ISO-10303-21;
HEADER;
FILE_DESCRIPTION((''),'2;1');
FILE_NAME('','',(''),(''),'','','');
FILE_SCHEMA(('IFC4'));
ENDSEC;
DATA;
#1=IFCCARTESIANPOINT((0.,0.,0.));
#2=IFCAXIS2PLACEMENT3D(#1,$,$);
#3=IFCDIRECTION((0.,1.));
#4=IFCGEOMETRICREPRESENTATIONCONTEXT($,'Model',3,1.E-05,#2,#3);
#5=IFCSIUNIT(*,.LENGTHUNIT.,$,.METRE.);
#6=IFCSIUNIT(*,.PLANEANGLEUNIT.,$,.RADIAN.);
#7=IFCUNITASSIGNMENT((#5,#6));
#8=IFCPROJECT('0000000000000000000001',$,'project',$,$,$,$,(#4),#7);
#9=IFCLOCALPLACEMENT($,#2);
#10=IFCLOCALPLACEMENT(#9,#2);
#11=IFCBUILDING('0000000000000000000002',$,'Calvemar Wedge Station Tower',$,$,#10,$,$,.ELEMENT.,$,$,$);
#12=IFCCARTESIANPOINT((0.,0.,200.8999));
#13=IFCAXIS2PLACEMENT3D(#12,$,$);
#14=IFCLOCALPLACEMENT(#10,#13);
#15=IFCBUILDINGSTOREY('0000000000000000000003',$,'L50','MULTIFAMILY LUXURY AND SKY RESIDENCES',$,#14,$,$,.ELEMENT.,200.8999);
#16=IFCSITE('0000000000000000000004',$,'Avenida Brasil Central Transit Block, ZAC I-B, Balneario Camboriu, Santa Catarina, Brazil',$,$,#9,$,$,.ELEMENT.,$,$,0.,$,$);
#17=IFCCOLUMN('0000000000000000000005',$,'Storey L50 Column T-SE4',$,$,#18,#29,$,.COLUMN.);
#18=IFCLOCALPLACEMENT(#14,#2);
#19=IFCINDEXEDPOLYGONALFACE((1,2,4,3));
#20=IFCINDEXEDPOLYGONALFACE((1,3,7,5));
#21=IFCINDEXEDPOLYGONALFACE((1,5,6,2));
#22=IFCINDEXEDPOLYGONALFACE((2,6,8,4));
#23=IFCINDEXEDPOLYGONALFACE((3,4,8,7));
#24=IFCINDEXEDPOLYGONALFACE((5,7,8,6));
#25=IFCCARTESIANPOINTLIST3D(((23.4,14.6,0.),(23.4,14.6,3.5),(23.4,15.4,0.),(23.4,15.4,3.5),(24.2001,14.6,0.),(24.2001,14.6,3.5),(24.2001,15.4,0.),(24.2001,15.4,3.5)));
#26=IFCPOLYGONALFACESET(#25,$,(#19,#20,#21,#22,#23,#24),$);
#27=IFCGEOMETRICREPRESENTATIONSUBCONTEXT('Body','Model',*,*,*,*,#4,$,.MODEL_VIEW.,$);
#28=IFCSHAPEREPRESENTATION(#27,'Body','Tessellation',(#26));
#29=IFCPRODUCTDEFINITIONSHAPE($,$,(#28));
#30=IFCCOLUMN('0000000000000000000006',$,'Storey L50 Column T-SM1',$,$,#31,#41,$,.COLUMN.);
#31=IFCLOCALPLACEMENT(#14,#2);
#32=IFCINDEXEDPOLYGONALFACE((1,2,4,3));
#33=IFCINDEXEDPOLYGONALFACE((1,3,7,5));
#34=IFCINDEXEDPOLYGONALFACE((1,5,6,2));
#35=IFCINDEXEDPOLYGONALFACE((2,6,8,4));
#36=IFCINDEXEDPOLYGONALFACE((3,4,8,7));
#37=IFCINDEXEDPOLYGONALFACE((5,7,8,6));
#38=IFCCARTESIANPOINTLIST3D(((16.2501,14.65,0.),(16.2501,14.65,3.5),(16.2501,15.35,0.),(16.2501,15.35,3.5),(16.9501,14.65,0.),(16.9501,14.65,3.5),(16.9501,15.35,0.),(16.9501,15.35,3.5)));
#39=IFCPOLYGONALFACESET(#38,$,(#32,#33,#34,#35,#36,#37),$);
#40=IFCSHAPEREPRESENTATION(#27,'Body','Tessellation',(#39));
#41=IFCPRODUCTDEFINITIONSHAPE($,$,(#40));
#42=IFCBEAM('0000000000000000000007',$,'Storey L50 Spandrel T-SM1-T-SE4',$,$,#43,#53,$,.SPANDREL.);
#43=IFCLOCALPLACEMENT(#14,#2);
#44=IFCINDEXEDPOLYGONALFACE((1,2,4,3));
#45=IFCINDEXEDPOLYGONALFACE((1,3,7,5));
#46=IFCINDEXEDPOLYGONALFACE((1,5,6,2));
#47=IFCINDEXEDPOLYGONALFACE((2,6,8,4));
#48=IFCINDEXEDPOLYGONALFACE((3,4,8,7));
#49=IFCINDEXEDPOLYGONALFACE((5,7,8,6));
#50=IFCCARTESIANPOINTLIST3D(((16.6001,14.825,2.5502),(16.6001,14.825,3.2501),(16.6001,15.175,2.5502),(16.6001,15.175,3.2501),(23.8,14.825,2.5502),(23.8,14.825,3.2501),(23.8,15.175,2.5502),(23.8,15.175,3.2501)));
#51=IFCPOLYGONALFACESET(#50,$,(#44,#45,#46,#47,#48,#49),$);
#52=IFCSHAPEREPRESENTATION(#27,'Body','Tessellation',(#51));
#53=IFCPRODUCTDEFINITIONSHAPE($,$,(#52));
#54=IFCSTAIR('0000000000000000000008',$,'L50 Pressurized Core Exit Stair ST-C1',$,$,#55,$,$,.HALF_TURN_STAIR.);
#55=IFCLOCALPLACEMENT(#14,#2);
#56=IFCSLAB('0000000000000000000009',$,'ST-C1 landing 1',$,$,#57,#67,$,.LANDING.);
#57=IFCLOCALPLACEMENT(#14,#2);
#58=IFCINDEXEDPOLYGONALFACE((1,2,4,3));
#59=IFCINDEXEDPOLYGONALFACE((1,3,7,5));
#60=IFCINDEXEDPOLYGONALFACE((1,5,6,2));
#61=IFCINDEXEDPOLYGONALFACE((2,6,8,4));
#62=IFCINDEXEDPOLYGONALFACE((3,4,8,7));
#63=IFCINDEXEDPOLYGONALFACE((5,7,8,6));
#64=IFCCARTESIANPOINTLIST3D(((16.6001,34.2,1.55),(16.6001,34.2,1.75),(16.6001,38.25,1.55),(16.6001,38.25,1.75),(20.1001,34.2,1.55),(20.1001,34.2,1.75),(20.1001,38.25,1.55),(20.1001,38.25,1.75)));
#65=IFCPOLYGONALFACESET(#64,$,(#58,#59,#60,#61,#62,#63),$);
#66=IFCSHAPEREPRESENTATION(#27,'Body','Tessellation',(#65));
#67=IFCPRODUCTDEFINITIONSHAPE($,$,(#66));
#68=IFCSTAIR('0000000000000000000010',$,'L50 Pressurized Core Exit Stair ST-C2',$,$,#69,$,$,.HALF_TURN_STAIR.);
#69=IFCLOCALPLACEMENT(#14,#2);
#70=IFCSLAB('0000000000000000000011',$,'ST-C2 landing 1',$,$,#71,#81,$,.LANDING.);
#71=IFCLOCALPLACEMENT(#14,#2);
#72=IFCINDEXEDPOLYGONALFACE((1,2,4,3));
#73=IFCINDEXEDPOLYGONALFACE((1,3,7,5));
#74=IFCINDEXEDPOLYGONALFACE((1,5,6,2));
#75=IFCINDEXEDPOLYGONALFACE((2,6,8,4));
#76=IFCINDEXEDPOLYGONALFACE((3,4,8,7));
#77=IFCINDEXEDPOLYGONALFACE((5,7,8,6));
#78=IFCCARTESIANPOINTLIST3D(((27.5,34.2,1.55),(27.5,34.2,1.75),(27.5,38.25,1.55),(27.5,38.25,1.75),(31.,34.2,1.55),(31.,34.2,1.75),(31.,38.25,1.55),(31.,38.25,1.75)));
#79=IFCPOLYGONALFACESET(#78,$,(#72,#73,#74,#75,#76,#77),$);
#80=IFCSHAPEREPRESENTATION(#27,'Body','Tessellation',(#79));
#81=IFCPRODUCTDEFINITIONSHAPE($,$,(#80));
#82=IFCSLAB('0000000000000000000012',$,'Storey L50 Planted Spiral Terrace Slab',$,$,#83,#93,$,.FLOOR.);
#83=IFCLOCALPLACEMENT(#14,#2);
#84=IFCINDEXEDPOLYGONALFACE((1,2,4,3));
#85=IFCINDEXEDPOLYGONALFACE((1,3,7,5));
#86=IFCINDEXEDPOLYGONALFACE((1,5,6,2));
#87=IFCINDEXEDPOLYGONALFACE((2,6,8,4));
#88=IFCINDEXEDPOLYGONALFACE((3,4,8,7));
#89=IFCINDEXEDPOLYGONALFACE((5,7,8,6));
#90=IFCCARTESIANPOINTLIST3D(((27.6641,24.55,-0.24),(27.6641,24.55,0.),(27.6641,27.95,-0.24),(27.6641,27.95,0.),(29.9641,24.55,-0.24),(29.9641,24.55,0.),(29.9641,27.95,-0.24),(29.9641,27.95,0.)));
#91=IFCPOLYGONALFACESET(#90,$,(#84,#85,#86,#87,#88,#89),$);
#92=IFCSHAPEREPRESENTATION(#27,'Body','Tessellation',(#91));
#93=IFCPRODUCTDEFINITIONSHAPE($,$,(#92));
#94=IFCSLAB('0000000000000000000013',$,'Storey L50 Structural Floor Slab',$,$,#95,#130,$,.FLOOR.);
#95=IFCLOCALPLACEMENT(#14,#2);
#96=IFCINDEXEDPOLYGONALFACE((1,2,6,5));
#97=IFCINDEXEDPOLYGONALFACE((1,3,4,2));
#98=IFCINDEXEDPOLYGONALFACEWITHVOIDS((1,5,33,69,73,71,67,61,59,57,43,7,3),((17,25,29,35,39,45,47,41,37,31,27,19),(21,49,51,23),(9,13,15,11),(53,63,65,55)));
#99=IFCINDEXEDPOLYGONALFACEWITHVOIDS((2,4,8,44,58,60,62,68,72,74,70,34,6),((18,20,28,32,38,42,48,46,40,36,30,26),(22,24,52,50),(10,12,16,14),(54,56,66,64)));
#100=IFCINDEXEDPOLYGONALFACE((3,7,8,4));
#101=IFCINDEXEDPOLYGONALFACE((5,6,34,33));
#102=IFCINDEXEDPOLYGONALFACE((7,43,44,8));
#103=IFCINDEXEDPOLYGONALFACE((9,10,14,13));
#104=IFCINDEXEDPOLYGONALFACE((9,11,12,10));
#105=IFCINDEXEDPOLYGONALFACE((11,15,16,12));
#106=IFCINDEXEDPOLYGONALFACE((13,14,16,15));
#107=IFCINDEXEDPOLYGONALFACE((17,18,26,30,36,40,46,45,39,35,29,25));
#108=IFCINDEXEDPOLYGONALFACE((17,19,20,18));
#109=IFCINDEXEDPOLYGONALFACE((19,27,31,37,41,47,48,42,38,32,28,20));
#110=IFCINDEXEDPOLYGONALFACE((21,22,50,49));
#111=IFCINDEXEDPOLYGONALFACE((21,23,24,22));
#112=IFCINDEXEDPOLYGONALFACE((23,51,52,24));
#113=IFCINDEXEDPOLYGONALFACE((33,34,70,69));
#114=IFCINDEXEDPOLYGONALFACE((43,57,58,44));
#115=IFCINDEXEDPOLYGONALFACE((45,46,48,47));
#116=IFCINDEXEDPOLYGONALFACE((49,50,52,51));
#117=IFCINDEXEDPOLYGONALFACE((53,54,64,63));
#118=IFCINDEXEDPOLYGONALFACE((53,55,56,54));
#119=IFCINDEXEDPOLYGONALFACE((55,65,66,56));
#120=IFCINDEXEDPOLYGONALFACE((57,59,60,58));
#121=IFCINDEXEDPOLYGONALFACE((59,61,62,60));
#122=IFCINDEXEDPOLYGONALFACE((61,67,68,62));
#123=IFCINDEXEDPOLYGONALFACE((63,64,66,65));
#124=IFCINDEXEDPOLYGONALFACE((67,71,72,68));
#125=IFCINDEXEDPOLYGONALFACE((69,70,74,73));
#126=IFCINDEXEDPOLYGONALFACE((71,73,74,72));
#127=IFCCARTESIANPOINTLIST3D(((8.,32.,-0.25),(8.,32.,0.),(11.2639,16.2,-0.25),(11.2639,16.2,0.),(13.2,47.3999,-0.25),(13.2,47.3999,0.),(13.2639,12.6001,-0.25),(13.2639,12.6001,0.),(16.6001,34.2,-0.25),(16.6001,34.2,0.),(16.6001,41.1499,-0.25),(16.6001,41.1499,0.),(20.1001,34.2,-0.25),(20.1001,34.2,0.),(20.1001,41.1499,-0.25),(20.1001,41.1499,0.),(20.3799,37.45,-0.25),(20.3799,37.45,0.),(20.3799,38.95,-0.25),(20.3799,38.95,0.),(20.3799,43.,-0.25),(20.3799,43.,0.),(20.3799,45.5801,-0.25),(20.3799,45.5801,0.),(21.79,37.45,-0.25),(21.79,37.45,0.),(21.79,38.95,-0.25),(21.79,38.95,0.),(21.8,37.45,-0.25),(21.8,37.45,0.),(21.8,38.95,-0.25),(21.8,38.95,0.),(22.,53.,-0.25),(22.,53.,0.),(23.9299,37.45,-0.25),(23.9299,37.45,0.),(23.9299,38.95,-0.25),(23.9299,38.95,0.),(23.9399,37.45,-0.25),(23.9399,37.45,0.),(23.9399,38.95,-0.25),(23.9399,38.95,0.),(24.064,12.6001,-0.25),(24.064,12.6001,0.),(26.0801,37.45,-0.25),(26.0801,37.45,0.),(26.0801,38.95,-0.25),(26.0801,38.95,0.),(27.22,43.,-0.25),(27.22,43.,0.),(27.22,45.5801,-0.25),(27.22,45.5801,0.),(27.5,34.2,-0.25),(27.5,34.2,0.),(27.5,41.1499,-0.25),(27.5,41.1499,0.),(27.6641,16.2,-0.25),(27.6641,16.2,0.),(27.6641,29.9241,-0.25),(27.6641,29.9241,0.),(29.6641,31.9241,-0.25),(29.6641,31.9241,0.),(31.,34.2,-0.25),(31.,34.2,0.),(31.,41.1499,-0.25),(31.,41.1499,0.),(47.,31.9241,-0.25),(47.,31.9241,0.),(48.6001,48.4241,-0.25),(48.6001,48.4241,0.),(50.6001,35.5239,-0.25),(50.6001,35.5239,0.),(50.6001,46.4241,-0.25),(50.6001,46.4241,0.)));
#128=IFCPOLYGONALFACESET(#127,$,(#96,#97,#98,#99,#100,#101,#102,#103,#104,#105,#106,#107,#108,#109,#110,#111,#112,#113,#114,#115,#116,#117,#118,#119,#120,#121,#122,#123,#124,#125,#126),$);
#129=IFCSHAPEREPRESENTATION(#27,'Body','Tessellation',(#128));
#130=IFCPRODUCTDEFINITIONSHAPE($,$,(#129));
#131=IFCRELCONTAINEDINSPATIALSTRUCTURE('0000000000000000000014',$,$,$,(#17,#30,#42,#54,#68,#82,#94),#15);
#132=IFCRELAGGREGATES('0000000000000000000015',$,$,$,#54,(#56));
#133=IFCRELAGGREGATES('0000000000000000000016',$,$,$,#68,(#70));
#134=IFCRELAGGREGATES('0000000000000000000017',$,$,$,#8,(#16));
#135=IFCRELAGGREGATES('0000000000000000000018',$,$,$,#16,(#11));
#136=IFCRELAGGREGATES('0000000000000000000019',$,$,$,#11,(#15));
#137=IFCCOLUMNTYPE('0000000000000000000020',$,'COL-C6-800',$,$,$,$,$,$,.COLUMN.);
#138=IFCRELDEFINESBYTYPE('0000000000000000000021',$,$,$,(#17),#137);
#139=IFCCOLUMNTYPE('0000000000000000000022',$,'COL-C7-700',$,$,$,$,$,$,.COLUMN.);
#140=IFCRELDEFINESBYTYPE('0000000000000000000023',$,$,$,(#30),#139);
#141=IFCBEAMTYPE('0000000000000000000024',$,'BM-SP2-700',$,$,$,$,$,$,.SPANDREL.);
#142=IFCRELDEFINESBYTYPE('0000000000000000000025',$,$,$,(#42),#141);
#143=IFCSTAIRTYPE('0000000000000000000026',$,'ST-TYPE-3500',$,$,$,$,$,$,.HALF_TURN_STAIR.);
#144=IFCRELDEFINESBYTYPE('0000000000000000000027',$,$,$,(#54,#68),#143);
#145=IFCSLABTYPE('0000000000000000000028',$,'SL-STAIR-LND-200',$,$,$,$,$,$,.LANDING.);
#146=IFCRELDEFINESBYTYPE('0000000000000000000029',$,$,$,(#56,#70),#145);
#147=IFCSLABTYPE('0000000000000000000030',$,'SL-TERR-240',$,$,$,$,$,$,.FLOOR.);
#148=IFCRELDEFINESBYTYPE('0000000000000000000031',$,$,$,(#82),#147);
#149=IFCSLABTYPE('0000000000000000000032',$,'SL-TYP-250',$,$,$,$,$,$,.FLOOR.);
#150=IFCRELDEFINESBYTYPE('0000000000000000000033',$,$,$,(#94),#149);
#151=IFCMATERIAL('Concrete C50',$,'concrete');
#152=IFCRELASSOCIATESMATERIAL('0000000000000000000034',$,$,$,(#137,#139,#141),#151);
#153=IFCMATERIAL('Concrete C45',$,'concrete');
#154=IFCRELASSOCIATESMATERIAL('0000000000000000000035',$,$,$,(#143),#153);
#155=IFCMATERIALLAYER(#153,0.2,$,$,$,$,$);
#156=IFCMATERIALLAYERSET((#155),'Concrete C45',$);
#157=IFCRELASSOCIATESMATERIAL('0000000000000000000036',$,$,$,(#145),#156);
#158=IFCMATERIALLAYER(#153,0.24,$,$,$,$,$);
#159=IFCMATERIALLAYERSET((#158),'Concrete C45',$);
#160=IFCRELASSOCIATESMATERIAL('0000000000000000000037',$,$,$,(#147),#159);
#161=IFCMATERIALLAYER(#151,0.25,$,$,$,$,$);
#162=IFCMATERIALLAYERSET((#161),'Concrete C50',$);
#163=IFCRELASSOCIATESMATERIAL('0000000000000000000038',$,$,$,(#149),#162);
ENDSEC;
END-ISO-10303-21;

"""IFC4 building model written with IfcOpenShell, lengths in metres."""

from ifc_helpers import new_model, si_unit, direction, frame, origin, origin_2d, place, context, subcontext, project, spatial, polyline, rectangle, outline, extrude, source, transform, mapped, material, layer, layer_set, material_profile, profile_set, type_object, element, aggregate, save


model = new_model("IFC4")

# Units and contexts
model_context = context("Model", 3, precision=1e-05, world=origin(), true_north=direction((0.0, 1.0)))
body_context = subcontext(model_context, "Body", "Model", "MODEL_VIEW")
ifc_project = project(units=[si_unit("LENGTHUNIT", "METRE"), si_unit("PLANEANGLEUNIT", "RADIAN")], contexts=[model_context])

# Site, building, storey
site_placement = place(None, origin())
site = spatial("IfcSite", under=ifc_project, at=site_placement, Name="Avenida Brasil Central Transit Block, ZAC I-B, Balneario Camboriu, Santa Catarina, Brazil", CompositionType="ELEMENT", RefElevation=0.0)
building_placement = place(site_placement, origin())
building = spatial("IfcBuilding", under=site, at=building_placement, Name="Calvemar Wedge Station Tower", CompositionType="ELEMENT")
storey_placement = place(building_placement, frame((0.0, 0.0, 200.8999)))
storey = spatial("IfcBuildingStorey", under=building, at=storey_placement, Name="L50", Description="MULTIFAMILY LUXURY AND SKY RESIDENCES", CompositionType="ELEMENT", Elevation=200.8999)

# Columns
ifc_material_1 = material(Name="Concrete C50", Category="concrete")
ifc_material_profile_1 = material_profile(ifc_material_1, rectangle(XDim=0.8, YDim=0.8, at=origin_2d()), Name="RC800x800")
ifc_profile_set_1 = profile_set([ifc_material_profile_1], Name="Concrete C50")
column_type_1 = type_object("IfcColumnType", Name="COL-C6-800", PredefinedType="COLUMN", material=ifc_profile_set_1)
shared_shape_1 = source(origin(), body_context, "Body", "SweptSolid", [
    extrude(rectangle(XDim=0.8, YDim=0.8, at=origin_2d()), origin(), (0.0, 0.0, 1.0), 3.5),
])
column_1_placement = place(storey_placement, frame((23.8, 15.0, 0.0), z_axis=(0.0, 0.0, 1.0), x_axis=(1.0, 0.0, 0.0)))
element("IfcColumn", 1, at=column_1_placement, inside=storey, type_object=column_type_1, Name="Storey L50 Column T-SE4", PredefinedType="COLUMN", context=body_context, shape_type="MappedRepresentation", body=[
    mapped(shared_shape_1, transform((0.0, 0.0, 0.0), scale=1.0)),
])
ifc_material_profile_2 = material_profile(ifc_material_1, rectangle(XDim=0.7, YDim=0.7, at=origin_2d()), Name="RC700x700")
ifc_profile_set_2 = profile_set([ifc_material_profile_2], Name="Concrete C50")
column_type_2 = type_object("IfcColumnType", Name="COL-C7-700", PredefinedType="COLUMN", material=ifc_profile_set_2)
shared_shape_2 = source(origin(), body_context, "Body", "SweptSolid", [
    extrude(rectangle(XDim=0.7, YDim=0.7, at=origin_2d()), origin(), (0.0, 0.0, 1.0), 3.5),
])
column_2_placement = place(storey_placement, frame((16.6001, 15.0, 0.0), z_axis=(0.0, 0.0, 1.0), x_axis=(1.0, 0.0, 0.0)))
element("IfcColumn", 2, at=column_2_placement, inside=storey, type_object=column_type_2, Name="Storey L50 Column T-SM1", PredefinedType="COLUMN", context=body_context, shape_type="MappedRepresentation", body=[
    mapped(shared_shape_2, transform((0.0, 0.0, 0.0), scale=1.0)),
])

# Beam
ifc_material_profile_3 = material_profile(ifc_material_1, rectangle(XDim=0.3501, YDim=0.7, at=origin_2d()), Name="RC350x700")
ifc_profile_set_3 = profile_set([ifc_material_profile_3], Name="Concrete C50")
beam_type = type_object("IfcBeamType", Name="BM-SP2-700", PredefinedType="SPANDREL", material=ifc_profile_set_3)
shared_shape_3 = source(origin(), body_context, "Body", "SweptSolid", [
    extrude(rectangle(XDim=0.3501, YDim=0.7, at=origin_2d()), origin(), (0.0, 0.0, 1.0), 7.2),
])
beam_placement = place(storey_placement, frame((16.6001, 15.0, 2.9001), z_axis=(1.0, 0.0, 0.0), x_axis=(0.0, 1.0, 0.0)))
element("IfcBeam", 3, at=beam_placement, inside=storey, type_object=beam_type, Name="Storey L50 Spandrel T-SM1-T-SE4", PredefinedType="SPANDREL", context=body_context, shape_type="MappedRepresentation", body=[
    mapped(shared_shape_3, transform((0.0, 0.0, 0.0), scale=1.0)),
])

# Stairs, slabs
ifc_material_2 = material(Name="Concrete C45", Category="concrete")
stair_type = type_object("IfcStairType", Name="ST-TYPE-3500", PredefinedType="HALF_TURN_STAIR", material=ifc_material_2)
stair_1_placement = place(storey_placement, origin())
stair_1 = element("IfcStair", 4, at=stair_1_placement, inside=storey, type_object=stair_type, Name="L50 Pressurized Core Exit Stair ST-C1", PredefinedType="HALF_TURN_STAIR")
ifc_layer_1 = layer(ifc_material_2, 0.2)
ifc_layer_set_1 = layer_set([ifc_layer_1], Name="Concrete C45")
slab_type_1 = type_object("IfcSlabType", Name="SL-STAIR-LND-200", PredefinedType="LANDING", material=ifc_layer_set_1)
slab_1_placement = place(storey_placement, frame((0.0, 0.0, 1.55)))
slab_1 = element("IfcSlab", 5, at=slab_1_placement, type_object=slab_type_1, Name="ST-C1 landing 1", PredefinedType="LANDING", context=body_context, shape_type="SweptSolid", body=[
    extrude(outline(polyline([(16.6001, 38.25), (16.6001, 34.2), (20.1001, 34.2), (20.1001, 38.25), (16.6001, 38.25)])), origin(), (0.0, 0.0, 1.0), 0.2),
])
aggregate(stair_1, [slab_1])
stair_2_placement = place(storey_placement, origin())
stair_2 = element("IfcStair", 6, at=stair_2_placement, inside=storey, type_object=stair_type, Name="L50 Pressurized Core Exit Stair ST-C2", PredefinedType="HALF_TURN_STAIR")
slab_2_placement = place(storey_placement, frame((0.0, 0.0, 1.55)))
slab_2 = element("IfcSlab", 7, at=slab_2_placement, type_object=slab_type_1, Name="ST-C2 landing 1", PredefinedType="LANDING", context=body_context, shape_type="SweptSolid", body=[
    extrude(outline(polyline([(27.5, 38.25), (27.5, 34.2), (31.0, 34.2), (31.0, 38.25), (27.5, 38.25)])), origin(), (0.0, 0.0, 1.0), 0.2),
])
aggregate(stair_2, [slab_2])

# Slabs
ifc_layer_2 = layer(ifc_material_2, 0.24)
ifc_layer_set_2 = layer_set([ifc_layer_2], Name="Concrete C45")
slab_type_2 = type_object("IfcSlabType", Name="SL-TERR-240", PredefinedType="FLOOR", material=ifc_layer_set_2)
slab_3_placement = place(storey_placement, frame((0.0, 0.0, -0.24)))
element("IfcSlab", 8, at=slab_3_placement, inside=storey, type_object=slab_type_2, Name="Storey L50 Planted Spiral Terrace Slab", PredefinedType="FLOOR", context=body_context, shape_type="SweptSolid", body=[
    extrude(outline(polyline([(27.6641, 24.55), (29.9641, 24.55), (29.9641, 27.95), (27.6641, 27.95), (27.6641, 24.55)])), origin(), (0.0, 0.0, 1.0), 0.24),
])
ifc_layer_3 = layer(ifc_material_1, 0.25)
ifc_layer_set_3 = layer_set([ifc_layer_3], Name="Concrete C50")
slab_type_3 = type_object("IfcSlabType", Name="SL-TYP-250", PredefinedType="FLOOR", material=ifc_layer_set_3)
slab_4_placement = place(storey_placement, frame((0.0, 0.0, -0.25)))
element("IfcSlab", 9, at=slab_4_placement, inside=storey, type_object=slab_type_3, Name="Storey L50 Structural Floor Slab", PredefinedType="FLOOR", context=body_context, shape_type="SweptSolid", body=[
    extrude(outline(polyline([(8.0, 32.0), (11.2639, 16.2), (13.2639, 12.6001), (24.064, 12.6001), (27.6641, 16.2), (27.6641, 29.9241), (29.6641, 31.9241), (47.0, 31.9241), (50.6001, 35.5239), (50.6001, 46.4241), (48.6001, 48.4241), (22.0, 53.0), (13.2, 47.3999), (8.0, 32.0)]), holes=[polyline([(20.1001, 34.2), (20.1001, 41.1499), (16.6001, 41.1499), (16.6001, 34.2), (20.1001, 34.2)]), polyline([(27.5, 34.2), (31.0, 34.2), (31.0, 41.1499), (27.5, 41.1499), (27.5, 34.2)]), polyline([(21.8, 37.45), (23.9299, 37.45), (23.9399, 37.45), (26.0801, 37.45), (26.0801, 38.95), (23.9399, 38.95), (23.9299, 38.95), (21.8, 38.95), (21.79, 38.95), (20.3799, 38.95), (20.3799, 37.45), (21.79, 37.45), (21.8, 37.45)]), polyline([(27.22, 43.0), (27.22, 45.5801), (20.3799, 45.5801), (20.3799, 43.0), (27.22, 43.0)])]), origin(), (0.0, 0.0, 1.0), 0.25),
])

save(model, "model.ifc")
